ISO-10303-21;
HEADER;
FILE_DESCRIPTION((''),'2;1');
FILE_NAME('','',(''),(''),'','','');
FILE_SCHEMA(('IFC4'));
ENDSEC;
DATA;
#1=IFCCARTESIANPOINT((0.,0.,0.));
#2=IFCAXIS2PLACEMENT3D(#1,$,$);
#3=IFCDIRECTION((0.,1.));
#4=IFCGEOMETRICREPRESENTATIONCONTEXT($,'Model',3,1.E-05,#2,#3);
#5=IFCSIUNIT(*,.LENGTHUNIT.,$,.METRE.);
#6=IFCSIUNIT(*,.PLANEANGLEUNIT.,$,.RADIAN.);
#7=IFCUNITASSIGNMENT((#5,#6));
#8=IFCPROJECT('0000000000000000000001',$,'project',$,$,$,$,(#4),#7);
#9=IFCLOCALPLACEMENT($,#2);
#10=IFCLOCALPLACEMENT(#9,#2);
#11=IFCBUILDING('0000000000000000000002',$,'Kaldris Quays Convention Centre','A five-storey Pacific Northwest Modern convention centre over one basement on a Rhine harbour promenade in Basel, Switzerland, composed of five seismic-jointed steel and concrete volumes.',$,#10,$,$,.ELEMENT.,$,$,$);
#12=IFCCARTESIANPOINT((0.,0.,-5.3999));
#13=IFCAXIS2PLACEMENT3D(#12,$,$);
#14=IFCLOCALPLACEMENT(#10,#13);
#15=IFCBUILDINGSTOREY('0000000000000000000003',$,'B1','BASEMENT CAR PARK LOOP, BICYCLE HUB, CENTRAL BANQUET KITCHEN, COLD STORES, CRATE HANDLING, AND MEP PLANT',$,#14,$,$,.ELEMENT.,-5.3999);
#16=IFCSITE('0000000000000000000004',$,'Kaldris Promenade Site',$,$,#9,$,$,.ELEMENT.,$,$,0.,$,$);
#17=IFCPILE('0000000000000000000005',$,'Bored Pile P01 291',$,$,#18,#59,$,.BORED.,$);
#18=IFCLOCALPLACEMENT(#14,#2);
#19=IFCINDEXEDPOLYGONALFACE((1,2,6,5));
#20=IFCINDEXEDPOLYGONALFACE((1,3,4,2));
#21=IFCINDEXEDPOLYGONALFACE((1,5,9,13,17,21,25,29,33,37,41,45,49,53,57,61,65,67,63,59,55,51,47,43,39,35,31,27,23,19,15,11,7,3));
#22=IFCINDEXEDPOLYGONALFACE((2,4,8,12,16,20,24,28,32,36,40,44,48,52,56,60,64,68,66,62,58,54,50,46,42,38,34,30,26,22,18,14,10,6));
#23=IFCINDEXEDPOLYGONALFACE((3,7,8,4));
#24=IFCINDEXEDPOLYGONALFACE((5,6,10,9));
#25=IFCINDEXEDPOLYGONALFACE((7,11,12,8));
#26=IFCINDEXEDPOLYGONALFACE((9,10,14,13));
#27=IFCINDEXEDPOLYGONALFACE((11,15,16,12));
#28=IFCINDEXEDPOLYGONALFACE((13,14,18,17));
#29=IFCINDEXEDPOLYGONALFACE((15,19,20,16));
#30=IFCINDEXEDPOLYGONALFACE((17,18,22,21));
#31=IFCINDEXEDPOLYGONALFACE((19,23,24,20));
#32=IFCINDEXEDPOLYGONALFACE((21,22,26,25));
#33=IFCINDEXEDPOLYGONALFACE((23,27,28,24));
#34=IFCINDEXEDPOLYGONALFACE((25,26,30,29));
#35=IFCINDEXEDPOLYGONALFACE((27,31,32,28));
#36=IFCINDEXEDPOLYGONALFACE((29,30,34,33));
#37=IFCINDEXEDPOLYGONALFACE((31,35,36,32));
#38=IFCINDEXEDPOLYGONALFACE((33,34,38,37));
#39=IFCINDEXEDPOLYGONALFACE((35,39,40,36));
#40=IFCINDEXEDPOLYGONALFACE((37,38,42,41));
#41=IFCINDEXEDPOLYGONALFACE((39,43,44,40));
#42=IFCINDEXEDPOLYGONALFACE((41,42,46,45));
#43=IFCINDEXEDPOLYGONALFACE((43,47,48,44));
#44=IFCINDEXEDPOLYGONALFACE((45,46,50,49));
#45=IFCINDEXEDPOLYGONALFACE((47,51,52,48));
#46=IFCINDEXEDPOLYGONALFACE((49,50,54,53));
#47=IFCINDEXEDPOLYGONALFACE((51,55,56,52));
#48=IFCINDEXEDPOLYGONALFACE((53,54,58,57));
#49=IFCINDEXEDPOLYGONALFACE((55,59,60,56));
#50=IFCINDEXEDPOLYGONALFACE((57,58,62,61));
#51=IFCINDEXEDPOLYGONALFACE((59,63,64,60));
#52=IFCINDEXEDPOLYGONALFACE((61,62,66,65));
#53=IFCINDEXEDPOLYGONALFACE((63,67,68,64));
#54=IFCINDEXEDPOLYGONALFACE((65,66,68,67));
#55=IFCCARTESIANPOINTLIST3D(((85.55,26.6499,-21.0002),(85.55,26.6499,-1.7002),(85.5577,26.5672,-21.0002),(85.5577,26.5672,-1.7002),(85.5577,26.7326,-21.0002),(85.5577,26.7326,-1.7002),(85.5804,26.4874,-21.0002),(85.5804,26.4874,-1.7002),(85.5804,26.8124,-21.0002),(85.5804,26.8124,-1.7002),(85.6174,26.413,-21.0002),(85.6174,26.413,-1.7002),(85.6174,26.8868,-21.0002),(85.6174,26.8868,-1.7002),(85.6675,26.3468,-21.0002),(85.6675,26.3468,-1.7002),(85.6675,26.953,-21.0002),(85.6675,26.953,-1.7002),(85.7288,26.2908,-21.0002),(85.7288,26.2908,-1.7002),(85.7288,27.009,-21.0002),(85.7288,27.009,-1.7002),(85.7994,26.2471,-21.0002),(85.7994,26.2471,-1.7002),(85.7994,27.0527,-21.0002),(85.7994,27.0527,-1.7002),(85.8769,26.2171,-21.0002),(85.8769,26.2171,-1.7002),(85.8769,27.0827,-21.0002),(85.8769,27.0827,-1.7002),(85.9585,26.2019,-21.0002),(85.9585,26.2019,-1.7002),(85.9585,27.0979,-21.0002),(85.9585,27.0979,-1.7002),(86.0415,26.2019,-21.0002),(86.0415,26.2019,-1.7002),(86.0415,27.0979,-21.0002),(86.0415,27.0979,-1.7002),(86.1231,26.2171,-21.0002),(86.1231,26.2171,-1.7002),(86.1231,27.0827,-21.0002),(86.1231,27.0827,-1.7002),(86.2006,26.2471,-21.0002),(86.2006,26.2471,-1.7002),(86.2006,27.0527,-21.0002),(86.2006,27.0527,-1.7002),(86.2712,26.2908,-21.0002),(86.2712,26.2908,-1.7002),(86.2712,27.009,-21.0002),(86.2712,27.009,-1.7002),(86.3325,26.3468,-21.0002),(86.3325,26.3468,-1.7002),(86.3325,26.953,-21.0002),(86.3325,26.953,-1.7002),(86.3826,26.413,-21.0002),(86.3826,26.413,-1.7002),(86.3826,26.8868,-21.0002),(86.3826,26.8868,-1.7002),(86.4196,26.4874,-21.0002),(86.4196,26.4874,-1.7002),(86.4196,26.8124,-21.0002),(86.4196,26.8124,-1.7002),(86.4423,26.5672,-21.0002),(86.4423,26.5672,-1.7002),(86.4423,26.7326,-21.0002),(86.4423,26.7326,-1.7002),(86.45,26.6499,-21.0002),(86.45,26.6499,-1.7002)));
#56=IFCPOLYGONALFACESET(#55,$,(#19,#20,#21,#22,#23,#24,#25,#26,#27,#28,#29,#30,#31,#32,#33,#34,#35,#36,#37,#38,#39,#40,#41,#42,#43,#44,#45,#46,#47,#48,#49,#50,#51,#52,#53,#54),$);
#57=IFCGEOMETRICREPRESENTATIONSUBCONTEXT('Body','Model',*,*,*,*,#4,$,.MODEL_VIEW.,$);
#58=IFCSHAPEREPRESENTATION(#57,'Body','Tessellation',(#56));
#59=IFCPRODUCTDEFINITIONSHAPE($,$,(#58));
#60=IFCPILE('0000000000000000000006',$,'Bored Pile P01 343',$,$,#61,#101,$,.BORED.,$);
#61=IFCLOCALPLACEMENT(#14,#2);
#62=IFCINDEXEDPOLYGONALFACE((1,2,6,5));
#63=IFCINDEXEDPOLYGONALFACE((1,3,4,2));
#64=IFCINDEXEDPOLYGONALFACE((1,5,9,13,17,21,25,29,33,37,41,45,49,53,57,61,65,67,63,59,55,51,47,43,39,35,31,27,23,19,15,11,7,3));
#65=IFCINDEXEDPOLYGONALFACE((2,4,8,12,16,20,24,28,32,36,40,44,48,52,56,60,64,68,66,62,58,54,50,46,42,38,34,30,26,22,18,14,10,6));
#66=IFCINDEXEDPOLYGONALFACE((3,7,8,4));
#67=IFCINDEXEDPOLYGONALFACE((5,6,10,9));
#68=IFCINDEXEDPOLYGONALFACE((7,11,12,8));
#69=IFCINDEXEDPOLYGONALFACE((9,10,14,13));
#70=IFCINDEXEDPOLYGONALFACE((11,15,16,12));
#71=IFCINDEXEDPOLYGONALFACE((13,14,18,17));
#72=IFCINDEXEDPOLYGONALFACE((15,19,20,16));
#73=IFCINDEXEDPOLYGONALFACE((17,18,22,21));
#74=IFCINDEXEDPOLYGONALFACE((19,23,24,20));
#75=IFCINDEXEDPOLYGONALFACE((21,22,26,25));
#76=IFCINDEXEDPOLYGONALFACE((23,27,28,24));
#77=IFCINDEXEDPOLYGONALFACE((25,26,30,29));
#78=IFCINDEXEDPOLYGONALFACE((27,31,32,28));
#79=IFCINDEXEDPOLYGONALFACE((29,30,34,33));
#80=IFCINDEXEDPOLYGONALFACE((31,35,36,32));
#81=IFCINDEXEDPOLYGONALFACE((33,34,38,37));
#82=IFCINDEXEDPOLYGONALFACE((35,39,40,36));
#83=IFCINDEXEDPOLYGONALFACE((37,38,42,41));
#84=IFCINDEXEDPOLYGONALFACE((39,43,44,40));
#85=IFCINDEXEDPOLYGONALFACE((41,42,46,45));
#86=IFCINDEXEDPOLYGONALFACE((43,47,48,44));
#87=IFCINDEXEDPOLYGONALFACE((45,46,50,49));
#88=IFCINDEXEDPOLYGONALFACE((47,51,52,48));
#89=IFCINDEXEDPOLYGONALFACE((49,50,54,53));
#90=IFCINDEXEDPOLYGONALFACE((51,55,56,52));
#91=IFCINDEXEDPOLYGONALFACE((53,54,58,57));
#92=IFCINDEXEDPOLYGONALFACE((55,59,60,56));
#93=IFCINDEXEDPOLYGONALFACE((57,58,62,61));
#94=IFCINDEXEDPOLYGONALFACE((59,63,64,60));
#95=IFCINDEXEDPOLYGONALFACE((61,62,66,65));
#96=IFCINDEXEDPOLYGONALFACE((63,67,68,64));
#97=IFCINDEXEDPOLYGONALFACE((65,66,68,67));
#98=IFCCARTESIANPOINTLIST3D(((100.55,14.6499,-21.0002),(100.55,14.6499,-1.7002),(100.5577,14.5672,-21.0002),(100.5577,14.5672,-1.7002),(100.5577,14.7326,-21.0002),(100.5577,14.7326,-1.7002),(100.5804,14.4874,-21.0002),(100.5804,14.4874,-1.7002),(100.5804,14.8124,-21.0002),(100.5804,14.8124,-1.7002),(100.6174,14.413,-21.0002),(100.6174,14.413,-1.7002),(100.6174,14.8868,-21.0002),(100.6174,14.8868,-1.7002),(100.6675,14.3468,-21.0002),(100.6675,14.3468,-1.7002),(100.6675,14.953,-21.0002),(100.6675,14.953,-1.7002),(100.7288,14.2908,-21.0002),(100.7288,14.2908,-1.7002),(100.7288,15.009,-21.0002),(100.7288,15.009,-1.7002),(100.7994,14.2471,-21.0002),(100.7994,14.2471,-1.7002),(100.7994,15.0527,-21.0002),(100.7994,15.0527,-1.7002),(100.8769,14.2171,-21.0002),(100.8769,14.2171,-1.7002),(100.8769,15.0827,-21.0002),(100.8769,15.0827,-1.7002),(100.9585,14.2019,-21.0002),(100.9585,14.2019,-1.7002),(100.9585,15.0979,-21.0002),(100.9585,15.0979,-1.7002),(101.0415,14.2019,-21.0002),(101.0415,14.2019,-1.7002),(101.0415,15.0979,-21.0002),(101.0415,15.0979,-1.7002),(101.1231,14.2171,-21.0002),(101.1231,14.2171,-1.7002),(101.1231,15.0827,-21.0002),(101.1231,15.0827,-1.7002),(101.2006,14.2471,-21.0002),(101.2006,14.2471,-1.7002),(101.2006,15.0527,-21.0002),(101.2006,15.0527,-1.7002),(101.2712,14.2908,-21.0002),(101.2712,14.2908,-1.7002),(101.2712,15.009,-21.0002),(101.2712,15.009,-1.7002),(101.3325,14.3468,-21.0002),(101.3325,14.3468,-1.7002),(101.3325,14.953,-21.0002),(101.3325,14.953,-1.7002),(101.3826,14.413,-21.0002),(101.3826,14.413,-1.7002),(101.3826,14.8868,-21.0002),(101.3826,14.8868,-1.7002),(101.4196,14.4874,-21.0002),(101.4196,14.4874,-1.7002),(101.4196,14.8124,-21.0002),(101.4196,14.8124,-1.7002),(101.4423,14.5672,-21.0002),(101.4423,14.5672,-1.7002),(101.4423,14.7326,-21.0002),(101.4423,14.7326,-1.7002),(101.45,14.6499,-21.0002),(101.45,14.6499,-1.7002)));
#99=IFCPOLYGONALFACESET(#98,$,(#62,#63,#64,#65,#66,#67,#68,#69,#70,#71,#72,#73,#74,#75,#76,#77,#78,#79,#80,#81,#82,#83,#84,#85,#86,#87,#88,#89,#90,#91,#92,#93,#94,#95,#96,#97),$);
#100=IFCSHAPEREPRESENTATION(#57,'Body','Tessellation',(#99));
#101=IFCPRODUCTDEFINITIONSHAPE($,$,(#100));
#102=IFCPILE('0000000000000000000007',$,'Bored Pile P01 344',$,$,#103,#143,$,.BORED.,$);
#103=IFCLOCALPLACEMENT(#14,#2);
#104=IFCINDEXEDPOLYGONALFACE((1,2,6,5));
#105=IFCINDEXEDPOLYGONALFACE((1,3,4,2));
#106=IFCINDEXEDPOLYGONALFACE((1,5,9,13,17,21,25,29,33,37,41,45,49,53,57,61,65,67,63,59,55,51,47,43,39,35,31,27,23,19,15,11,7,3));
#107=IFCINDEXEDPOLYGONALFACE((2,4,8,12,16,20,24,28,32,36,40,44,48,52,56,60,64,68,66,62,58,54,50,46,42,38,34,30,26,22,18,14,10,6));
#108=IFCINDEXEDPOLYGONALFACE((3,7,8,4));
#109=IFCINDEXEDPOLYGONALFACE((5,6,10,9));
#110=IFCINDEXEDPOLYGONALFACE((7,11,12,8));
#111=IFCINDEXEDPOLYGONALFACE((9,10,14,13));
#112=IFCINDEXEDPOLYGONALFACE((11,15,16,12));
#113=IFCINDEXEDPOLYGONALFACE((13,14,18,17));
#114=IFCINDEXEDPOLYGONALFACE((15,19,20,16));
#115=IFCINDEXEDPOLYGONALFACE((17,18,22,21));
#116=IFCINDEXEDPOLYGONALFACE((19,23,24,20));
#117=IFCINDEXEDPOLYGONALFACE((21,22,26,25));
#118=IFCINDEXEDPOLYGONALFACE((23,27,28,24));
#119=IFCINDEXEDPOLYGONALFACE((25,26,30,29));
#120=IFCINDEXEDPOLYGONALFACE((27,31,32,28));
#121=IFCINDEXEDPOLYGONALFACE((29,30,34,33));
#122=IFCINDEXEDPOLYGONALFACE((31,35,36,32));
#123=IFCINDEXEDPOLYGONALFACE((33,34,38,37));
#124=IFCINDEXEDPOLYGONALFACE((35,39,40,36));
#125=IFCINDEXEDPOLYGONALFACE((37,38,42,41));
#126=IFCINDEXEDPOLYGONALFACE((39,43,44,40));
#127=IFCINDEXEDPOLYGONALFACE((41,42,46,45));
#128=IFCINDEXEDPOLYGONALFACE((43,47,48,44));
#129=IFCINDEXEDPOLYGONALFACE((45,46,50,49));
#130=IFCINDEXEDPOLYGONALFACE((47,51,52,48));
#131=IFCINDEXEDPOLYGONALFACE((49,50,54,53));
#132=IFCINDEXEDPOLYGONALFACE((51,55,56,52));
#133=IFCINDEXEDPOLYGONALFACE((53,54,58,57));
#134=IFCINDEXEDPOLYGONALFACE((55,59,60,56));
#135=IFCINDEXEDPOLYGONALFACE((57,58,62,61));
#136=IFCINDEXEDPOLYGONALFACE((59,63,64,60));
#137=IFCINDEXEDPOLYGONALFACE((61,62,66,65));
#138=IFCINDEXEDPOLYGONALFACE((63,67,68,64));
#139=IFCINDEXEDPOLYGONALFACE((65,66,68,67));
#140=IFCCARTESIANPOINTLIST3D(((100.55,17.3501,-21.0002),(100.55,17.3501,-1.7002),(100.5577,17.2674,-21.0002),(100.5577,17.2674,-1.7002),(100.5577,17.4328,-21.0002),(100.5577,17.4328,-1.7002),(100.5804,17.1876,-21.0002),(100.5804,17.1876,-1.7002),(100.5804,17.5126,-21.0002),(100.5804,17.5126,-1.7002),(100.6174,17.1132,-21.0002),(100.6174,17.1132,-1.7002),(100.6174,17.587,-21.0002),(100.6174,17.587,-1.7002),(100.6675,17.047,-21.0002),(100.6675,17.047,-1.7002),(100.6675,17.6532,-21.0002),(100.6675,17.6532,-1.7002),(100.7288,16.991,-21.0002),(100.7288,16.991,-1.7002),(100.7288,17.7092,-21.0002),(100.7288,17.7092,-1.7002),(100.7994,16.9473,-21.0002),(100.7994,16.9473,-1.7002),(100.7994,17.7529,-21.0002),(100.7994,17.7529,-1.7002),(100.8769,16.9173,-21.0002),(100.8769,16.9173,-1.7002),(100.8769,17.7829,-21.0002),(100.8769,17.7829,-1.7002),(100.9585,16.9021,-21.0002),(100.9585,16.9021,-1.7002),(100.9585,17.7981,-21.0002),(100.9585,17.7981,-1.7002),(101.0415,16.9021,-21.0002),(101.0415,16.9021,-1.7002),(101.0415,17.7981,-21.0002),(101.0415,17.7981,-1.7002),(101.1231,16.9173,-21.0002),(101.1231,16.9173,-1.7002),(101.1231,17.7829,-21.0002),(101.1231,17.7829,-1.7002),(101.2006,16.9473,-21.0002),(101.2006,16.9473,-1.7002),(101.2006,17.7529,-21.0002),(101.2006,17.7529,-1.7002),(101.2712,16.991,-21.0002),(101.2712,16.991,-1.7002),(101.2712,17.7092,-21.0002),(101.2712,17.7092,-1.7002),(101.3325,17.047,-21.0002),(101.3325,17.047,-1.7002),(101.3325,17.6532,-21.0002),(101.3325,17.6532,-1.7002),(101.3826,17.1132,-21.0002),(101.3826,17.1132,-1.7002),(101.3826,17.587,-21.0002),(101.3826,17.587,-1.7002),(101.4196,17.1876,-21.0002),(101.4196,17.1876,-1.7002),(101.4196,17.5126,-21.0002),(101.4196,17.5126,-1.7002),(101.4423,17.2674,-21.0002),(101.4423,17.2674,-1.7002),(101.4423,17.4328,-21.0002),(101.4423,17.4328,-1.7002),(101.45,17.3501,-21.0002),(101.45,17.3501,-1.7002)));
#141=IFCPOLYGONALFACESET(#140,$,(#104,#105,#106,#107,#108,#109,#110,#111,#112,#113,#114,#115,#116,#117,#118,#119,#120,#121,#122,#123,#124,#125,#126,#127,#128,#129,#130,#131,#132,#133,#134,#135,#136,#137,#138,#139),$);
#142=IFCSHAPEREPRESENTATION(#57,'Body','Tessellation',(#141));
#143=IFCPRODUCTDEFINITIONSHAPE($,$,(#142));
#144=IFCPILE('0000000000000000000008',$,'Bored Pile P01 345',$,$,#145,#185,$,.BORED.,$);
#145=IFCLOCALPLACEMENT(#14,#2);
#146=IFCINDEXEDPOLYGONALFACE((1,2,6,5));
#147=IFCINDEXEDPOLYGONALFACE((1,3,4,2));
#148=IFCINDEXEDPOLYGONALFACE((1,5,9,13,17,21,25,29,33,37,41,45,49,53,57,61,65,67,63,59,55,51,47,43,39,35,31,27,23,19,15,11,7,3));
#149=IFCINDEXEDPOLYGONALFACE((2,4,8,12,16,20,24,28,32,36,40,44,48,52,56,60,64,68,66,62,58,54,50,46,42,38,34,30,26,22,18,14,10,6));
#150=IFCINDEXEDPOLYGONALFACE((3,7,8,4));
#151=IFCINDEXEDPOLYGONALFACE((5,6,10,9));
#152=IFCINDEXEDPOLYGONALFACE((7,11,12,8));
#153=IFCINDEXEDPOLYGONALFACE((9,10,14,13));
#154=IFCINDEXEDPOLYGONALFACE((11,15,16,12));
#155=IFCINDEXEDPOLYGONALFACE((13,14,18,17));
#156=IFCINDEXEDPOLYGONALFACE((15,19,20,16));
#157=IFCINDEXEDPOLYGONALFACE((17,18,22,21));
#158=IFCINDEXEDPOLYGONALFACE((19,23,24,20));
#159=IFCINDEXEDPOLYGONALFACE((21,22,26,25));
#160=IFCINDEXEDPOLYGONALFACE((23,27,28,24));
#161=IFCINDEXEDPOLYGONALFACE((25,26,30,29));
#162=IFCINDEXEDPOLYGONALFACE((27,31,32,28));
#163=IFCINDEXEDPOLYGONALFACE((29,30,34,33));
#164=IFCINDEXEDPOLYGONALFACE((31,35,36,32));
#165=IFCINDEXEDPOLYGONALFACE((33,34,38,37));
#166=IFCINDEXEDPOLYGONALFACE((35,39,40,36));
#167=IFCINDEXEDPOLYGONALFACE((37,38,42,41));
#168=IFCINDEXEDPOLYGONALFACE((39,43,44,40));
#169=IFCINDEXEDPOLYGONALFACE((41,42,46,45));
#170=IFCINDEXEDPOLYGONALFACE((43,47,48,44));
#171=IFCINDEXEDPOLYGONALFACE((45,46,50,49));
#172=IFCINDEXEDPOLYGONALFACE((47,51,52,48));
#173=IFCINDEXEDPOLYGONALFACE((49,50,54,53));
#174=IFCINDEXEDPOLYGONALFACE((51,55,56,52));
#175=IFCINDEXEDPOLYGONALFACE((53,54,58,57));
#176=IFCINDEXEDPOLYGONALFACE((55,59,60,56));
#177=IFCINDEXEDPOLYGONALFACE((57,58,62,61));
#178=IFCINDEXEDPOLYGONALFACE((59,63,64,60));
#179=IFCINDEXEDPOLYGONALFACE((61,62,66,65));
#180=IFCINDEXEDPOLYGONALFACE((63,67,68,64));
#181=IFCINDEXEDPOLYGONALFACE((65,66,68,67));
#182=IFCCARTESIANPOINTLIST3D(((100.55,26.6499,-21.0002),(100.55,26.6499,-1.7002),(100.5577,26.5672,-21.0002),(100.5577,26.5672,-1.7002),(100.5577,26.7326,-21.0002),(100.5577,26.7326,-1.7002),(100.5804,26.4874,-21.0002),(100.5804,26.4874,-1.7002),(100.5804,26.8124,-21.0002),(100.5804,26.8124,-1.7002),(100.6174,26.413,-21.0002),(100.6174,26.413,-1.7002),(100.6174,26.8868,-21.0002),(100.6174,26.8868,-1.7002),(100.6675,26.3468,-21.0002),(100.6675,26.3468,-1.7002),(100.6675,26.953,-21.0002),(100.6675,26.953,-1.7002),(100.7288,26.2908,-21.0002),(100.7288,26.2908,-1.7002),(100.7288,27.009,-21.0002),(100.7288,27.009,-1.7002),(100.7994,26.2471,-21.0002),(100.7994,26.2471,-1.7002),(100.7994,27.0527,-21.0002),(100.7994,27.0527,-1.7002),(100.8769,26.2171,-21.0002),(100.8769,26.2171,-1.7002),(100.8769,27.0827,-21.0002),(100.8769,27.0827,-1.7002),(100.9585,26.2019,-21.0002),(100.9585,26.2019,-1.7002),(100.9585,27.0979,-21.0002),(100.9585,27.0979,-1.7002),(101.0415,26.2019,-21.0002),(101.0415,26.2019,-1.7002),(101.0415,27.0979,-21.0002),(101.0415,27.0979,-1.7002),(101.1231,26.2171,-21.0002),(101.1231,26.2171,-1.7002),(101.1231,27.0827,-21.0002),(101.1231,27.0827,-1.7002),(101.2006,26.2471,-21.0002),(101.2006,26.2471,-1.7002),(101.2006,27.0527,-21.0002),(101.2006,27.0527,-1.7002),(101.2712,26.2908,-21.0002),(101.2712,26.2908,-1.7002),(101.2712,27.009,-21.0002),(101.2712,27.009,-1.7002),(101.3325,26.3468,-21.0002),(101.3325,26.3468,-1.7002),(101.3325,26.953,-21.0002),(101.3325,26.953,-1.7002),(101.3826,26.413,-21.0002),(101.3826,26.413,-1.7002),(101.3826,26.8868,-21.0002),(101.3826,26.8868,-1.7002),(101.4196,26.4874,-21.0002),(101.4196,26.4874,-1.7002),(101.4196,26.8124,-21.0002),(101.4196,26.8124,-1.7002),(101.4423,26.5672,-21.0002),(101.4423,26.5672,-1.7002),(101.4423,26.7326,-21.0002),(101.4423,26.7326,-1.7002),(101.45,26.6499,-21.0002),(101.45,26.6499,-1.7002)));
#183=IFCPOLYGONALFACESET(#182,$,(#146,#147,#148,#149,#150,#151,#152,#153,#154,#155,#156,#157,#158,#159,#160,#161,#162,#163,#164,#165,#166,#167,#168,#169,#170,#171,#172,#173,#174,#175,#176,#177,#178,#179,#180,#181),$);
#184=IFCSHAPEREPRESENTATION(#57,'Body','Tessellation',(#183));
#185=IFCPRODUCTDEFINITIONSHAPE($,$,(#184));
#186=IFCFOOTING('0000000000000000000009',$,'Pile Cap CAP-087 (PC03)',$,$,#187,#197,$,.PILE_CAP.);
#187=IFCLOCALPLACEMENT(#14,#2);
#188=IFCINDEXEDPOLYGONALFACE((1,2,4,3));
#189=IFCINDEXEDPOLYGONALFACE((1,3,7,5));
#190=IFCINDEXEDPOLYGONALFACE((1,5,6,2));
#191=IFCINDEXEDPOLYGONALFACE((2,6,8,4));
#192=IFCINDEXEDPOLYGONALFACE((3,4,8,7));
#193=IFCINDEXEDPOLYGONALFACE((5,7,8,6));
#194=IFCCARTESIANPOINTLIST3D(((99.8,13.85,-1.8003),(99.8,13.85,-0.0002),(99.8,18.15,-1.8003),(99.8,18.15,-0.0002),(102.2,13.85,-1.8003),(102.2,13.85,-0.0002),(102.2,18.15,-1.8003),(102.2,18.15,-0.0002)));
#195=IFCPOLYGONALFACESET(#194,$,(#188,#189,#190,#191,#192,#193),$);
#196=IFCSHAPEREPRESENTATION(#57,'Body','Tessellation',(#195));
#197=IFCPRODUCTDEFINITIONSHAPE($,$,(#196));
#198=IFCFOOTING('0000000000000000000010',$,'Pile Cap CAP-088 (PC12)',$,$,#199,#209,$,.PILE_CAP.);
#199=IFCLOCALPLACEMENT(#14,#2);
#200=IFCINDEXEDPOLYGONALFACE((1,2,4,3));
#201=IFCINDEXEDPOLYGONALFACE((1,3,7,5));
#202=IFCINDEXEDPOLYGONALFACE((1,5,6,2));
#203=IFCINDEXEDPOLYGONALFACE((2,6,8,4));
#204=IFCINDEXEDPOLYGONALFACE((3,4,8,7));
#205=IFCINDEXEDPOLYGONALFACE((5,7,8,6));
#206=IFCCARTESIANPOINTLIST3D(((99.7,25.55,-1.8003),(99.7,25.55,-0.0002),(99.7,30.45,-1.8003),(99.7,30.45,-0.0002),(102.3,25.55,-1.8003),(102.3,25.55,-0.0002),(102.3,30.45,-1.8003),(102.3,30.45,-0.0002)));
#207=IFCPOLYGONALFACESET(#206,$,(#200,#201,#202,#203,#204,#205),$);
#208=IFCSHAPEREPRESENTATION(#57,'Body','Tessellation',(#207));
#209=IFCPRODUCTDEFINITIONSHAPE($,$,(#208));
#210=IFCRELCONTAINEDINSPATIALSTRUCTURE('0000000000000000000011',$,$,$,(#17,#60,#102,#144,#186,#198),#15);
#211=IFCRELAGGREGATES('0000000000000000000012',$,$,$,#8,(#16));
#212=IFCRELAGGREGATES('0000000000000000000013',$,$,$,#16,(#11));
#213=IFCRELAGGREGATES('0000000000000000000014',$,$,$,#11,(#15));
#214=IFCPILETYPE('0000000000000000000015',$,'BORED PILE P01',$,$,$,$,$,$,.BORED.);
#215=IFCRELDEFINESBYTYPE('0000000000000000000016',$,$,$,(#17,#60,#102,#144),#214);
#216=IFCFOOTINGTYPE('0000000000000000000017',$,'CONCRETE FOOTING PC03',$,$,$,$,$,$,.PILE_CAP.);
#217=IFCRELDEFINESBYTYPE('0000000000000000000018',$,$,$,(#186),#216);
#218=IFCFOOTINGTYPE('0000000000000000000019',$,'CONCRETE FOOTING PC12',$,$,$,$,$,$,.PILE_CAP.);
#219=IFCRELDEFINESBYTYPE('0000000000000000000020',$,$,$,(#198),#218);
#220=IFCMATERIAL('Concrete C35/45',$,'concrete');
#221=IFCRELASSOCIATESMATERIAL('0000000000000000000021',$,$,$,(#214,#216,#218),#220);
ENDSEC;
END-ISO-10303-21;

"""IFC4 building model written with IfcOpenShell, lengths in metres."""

from ifc_helpers import new_model, si_unit, direction, frame, origin, origin_2d, place, context, subcontext, project, spatial, rectangle, circle, extrude, material, material_profile, profile_set, type_object, element, save


model = new_model("IFC4")

# Units and contexts
model_context = context("Model", 3, precision=1e-05, world=origin(), true_north=direction((0.0, 1.0)))
body_context = subcontext(model_context, "Body", "Model", "MODEL_VIEW")
ifc_project = project(units=[si_unit("LENGTHUNIT", "METRE"), si_unit("PLANEANGLEUNIT", "RADIAN")], contexts=[model_context])

# Site, building, storey
site_placement = place(None, origin())
site = spatial("IfcSite", under=ifc_project, at=site_placement, Name="Kaldris Promenade Site", CompositionType="ELEMENT", RefElevation=0.0)
building_placement = place(site_placement, origin())
building = spatial("IfcBuilding", under=site, at=building_placement, Name="Kaldris Quays Convention Centre", Description="A five-storey Pacific Northwest Modern convention centre over one basement on a Rhine harbour promenade in Basel, Switzerland, composed of five seismic-jointed steel and concrete volumes.", CompositionType="ELEMENT")
storey_placement = place(building_placement, frame((0.0, 0.0, -5.3999)))
storey = spatial("IfcBuildingStorey", under=building, at=storey_placement, Name="B1", Description="BASEMENT CAR PARK LOOP, BICYCLE HUB, CENTRAL BANQUET KITCHEN, COLD STORES, CRATE HANDLING, AND MEP PLANT", CompositionType="ELEMENT", Elevation=-5.3999)

# Piles
ifc_material_1 = material(Name="Concrete C35/45", Category="concrete")
ifc_material_profile_1 = material_profile(ifc_material_1, circle(Radius=0.45, at=origin_2d()), Name="BORED PILE D900")
ifc_profile_set_1 = profile_set([ifc_material_profile_1], Name="Concrete C35/45")
pile_type = type_object("IfcPileType", Name="BORED PILE P01", PredefinedType="BORED", material=ifc_profile_set_1)
for number, where, z_axis, x_axis, name in (
    (1, (86.0, 26.6499, -1.7002), (0.0, 0.0, -1.0), (1.0, 0.0, 0.0), "Bored Pile P01 291"),
    (2, (101.0, 14.6499, -1.7002), (0.0, 0.0, -1.0), (1.0, 0.0, 0.0), "Bored Pile P01 343"),
    (3, (101.0, 17.3501, -1.7002), (0.0, 0.0, -1.0), (1.0, 0.0, 0.0), "Bored Pile P01 344"),
    (4, (101.0, 26.6499, -1.7002), (0.0, 0.0, -1.0), (1.0, 0.0, 0.0), "Bored Pile P01 345"),
):
    element("IfcPile", number, at=place(storey_placement, frame(where, z_axis=z_axis, x_axis=x_axis)), inside=storey, type_object=pile_type, Name=name, PredefinedType="BORED", context=body_context, shape_type="SweptSolid", body=[
        extrude(circle(Radius=0.45, at=origin_2d()), origin(), (0.0, 0.0, 1.0), 19.3),
    ])

# Footings
footing_type_1 = type_object("IfcFootingType", Name="CONCRETE FOOTING PC03", PredefinedType="PILE_CAP", material=ifc_material_1)
footing_1_placement = place(storey_placement, frame((101.0, 16.0, -1.8003), z_axis=(0.0, 0.0, 1.0), x_axis=(1.0, 0.0, 0.0)))
element("IfcFooting", 5, at=footing_1_placement, inside=storey, type_object=footing_type_1, Name="Pile Cap CAP-087 (PC03)", PredefinedType="PILE_CAP", context=body_context, shape_type="SweptSolid", body=[
    extrude(rectangle(XDim=2.3999, YDim=4.3, at=origin_2d()), origin(), (0.0, 0.0, 1.0), 1.8),
])
footing_type_2 = type_object("IfcFootingType", Name="CONCRETE FOOTING PC12", PredefinedType="PILE_CAP", material=ifc_material_1)
footing_2_placement = place(storey_placement, frame((101.0, 28.0, -1.8003), z_axis=(0.0, 0.0, 1.0), x_axis=(1.0, 0.0, 0.0)))
element("IfcFooting", 6, at=footing_2_placement, inside=storey, type_object=footing_type_2, Name="Pile Cap CAP-088 (PC12)", PredefinedType="PILE_CAP", context=body_context, shape_type="SweptSolid", body=[
    extrude(rectangle(XDim=2.6001, YDim=4.8999, at=origin_2d()), origin(), (0.0, 0.0, 1.0), 1.8),
])

save(model, "model.ifc")
